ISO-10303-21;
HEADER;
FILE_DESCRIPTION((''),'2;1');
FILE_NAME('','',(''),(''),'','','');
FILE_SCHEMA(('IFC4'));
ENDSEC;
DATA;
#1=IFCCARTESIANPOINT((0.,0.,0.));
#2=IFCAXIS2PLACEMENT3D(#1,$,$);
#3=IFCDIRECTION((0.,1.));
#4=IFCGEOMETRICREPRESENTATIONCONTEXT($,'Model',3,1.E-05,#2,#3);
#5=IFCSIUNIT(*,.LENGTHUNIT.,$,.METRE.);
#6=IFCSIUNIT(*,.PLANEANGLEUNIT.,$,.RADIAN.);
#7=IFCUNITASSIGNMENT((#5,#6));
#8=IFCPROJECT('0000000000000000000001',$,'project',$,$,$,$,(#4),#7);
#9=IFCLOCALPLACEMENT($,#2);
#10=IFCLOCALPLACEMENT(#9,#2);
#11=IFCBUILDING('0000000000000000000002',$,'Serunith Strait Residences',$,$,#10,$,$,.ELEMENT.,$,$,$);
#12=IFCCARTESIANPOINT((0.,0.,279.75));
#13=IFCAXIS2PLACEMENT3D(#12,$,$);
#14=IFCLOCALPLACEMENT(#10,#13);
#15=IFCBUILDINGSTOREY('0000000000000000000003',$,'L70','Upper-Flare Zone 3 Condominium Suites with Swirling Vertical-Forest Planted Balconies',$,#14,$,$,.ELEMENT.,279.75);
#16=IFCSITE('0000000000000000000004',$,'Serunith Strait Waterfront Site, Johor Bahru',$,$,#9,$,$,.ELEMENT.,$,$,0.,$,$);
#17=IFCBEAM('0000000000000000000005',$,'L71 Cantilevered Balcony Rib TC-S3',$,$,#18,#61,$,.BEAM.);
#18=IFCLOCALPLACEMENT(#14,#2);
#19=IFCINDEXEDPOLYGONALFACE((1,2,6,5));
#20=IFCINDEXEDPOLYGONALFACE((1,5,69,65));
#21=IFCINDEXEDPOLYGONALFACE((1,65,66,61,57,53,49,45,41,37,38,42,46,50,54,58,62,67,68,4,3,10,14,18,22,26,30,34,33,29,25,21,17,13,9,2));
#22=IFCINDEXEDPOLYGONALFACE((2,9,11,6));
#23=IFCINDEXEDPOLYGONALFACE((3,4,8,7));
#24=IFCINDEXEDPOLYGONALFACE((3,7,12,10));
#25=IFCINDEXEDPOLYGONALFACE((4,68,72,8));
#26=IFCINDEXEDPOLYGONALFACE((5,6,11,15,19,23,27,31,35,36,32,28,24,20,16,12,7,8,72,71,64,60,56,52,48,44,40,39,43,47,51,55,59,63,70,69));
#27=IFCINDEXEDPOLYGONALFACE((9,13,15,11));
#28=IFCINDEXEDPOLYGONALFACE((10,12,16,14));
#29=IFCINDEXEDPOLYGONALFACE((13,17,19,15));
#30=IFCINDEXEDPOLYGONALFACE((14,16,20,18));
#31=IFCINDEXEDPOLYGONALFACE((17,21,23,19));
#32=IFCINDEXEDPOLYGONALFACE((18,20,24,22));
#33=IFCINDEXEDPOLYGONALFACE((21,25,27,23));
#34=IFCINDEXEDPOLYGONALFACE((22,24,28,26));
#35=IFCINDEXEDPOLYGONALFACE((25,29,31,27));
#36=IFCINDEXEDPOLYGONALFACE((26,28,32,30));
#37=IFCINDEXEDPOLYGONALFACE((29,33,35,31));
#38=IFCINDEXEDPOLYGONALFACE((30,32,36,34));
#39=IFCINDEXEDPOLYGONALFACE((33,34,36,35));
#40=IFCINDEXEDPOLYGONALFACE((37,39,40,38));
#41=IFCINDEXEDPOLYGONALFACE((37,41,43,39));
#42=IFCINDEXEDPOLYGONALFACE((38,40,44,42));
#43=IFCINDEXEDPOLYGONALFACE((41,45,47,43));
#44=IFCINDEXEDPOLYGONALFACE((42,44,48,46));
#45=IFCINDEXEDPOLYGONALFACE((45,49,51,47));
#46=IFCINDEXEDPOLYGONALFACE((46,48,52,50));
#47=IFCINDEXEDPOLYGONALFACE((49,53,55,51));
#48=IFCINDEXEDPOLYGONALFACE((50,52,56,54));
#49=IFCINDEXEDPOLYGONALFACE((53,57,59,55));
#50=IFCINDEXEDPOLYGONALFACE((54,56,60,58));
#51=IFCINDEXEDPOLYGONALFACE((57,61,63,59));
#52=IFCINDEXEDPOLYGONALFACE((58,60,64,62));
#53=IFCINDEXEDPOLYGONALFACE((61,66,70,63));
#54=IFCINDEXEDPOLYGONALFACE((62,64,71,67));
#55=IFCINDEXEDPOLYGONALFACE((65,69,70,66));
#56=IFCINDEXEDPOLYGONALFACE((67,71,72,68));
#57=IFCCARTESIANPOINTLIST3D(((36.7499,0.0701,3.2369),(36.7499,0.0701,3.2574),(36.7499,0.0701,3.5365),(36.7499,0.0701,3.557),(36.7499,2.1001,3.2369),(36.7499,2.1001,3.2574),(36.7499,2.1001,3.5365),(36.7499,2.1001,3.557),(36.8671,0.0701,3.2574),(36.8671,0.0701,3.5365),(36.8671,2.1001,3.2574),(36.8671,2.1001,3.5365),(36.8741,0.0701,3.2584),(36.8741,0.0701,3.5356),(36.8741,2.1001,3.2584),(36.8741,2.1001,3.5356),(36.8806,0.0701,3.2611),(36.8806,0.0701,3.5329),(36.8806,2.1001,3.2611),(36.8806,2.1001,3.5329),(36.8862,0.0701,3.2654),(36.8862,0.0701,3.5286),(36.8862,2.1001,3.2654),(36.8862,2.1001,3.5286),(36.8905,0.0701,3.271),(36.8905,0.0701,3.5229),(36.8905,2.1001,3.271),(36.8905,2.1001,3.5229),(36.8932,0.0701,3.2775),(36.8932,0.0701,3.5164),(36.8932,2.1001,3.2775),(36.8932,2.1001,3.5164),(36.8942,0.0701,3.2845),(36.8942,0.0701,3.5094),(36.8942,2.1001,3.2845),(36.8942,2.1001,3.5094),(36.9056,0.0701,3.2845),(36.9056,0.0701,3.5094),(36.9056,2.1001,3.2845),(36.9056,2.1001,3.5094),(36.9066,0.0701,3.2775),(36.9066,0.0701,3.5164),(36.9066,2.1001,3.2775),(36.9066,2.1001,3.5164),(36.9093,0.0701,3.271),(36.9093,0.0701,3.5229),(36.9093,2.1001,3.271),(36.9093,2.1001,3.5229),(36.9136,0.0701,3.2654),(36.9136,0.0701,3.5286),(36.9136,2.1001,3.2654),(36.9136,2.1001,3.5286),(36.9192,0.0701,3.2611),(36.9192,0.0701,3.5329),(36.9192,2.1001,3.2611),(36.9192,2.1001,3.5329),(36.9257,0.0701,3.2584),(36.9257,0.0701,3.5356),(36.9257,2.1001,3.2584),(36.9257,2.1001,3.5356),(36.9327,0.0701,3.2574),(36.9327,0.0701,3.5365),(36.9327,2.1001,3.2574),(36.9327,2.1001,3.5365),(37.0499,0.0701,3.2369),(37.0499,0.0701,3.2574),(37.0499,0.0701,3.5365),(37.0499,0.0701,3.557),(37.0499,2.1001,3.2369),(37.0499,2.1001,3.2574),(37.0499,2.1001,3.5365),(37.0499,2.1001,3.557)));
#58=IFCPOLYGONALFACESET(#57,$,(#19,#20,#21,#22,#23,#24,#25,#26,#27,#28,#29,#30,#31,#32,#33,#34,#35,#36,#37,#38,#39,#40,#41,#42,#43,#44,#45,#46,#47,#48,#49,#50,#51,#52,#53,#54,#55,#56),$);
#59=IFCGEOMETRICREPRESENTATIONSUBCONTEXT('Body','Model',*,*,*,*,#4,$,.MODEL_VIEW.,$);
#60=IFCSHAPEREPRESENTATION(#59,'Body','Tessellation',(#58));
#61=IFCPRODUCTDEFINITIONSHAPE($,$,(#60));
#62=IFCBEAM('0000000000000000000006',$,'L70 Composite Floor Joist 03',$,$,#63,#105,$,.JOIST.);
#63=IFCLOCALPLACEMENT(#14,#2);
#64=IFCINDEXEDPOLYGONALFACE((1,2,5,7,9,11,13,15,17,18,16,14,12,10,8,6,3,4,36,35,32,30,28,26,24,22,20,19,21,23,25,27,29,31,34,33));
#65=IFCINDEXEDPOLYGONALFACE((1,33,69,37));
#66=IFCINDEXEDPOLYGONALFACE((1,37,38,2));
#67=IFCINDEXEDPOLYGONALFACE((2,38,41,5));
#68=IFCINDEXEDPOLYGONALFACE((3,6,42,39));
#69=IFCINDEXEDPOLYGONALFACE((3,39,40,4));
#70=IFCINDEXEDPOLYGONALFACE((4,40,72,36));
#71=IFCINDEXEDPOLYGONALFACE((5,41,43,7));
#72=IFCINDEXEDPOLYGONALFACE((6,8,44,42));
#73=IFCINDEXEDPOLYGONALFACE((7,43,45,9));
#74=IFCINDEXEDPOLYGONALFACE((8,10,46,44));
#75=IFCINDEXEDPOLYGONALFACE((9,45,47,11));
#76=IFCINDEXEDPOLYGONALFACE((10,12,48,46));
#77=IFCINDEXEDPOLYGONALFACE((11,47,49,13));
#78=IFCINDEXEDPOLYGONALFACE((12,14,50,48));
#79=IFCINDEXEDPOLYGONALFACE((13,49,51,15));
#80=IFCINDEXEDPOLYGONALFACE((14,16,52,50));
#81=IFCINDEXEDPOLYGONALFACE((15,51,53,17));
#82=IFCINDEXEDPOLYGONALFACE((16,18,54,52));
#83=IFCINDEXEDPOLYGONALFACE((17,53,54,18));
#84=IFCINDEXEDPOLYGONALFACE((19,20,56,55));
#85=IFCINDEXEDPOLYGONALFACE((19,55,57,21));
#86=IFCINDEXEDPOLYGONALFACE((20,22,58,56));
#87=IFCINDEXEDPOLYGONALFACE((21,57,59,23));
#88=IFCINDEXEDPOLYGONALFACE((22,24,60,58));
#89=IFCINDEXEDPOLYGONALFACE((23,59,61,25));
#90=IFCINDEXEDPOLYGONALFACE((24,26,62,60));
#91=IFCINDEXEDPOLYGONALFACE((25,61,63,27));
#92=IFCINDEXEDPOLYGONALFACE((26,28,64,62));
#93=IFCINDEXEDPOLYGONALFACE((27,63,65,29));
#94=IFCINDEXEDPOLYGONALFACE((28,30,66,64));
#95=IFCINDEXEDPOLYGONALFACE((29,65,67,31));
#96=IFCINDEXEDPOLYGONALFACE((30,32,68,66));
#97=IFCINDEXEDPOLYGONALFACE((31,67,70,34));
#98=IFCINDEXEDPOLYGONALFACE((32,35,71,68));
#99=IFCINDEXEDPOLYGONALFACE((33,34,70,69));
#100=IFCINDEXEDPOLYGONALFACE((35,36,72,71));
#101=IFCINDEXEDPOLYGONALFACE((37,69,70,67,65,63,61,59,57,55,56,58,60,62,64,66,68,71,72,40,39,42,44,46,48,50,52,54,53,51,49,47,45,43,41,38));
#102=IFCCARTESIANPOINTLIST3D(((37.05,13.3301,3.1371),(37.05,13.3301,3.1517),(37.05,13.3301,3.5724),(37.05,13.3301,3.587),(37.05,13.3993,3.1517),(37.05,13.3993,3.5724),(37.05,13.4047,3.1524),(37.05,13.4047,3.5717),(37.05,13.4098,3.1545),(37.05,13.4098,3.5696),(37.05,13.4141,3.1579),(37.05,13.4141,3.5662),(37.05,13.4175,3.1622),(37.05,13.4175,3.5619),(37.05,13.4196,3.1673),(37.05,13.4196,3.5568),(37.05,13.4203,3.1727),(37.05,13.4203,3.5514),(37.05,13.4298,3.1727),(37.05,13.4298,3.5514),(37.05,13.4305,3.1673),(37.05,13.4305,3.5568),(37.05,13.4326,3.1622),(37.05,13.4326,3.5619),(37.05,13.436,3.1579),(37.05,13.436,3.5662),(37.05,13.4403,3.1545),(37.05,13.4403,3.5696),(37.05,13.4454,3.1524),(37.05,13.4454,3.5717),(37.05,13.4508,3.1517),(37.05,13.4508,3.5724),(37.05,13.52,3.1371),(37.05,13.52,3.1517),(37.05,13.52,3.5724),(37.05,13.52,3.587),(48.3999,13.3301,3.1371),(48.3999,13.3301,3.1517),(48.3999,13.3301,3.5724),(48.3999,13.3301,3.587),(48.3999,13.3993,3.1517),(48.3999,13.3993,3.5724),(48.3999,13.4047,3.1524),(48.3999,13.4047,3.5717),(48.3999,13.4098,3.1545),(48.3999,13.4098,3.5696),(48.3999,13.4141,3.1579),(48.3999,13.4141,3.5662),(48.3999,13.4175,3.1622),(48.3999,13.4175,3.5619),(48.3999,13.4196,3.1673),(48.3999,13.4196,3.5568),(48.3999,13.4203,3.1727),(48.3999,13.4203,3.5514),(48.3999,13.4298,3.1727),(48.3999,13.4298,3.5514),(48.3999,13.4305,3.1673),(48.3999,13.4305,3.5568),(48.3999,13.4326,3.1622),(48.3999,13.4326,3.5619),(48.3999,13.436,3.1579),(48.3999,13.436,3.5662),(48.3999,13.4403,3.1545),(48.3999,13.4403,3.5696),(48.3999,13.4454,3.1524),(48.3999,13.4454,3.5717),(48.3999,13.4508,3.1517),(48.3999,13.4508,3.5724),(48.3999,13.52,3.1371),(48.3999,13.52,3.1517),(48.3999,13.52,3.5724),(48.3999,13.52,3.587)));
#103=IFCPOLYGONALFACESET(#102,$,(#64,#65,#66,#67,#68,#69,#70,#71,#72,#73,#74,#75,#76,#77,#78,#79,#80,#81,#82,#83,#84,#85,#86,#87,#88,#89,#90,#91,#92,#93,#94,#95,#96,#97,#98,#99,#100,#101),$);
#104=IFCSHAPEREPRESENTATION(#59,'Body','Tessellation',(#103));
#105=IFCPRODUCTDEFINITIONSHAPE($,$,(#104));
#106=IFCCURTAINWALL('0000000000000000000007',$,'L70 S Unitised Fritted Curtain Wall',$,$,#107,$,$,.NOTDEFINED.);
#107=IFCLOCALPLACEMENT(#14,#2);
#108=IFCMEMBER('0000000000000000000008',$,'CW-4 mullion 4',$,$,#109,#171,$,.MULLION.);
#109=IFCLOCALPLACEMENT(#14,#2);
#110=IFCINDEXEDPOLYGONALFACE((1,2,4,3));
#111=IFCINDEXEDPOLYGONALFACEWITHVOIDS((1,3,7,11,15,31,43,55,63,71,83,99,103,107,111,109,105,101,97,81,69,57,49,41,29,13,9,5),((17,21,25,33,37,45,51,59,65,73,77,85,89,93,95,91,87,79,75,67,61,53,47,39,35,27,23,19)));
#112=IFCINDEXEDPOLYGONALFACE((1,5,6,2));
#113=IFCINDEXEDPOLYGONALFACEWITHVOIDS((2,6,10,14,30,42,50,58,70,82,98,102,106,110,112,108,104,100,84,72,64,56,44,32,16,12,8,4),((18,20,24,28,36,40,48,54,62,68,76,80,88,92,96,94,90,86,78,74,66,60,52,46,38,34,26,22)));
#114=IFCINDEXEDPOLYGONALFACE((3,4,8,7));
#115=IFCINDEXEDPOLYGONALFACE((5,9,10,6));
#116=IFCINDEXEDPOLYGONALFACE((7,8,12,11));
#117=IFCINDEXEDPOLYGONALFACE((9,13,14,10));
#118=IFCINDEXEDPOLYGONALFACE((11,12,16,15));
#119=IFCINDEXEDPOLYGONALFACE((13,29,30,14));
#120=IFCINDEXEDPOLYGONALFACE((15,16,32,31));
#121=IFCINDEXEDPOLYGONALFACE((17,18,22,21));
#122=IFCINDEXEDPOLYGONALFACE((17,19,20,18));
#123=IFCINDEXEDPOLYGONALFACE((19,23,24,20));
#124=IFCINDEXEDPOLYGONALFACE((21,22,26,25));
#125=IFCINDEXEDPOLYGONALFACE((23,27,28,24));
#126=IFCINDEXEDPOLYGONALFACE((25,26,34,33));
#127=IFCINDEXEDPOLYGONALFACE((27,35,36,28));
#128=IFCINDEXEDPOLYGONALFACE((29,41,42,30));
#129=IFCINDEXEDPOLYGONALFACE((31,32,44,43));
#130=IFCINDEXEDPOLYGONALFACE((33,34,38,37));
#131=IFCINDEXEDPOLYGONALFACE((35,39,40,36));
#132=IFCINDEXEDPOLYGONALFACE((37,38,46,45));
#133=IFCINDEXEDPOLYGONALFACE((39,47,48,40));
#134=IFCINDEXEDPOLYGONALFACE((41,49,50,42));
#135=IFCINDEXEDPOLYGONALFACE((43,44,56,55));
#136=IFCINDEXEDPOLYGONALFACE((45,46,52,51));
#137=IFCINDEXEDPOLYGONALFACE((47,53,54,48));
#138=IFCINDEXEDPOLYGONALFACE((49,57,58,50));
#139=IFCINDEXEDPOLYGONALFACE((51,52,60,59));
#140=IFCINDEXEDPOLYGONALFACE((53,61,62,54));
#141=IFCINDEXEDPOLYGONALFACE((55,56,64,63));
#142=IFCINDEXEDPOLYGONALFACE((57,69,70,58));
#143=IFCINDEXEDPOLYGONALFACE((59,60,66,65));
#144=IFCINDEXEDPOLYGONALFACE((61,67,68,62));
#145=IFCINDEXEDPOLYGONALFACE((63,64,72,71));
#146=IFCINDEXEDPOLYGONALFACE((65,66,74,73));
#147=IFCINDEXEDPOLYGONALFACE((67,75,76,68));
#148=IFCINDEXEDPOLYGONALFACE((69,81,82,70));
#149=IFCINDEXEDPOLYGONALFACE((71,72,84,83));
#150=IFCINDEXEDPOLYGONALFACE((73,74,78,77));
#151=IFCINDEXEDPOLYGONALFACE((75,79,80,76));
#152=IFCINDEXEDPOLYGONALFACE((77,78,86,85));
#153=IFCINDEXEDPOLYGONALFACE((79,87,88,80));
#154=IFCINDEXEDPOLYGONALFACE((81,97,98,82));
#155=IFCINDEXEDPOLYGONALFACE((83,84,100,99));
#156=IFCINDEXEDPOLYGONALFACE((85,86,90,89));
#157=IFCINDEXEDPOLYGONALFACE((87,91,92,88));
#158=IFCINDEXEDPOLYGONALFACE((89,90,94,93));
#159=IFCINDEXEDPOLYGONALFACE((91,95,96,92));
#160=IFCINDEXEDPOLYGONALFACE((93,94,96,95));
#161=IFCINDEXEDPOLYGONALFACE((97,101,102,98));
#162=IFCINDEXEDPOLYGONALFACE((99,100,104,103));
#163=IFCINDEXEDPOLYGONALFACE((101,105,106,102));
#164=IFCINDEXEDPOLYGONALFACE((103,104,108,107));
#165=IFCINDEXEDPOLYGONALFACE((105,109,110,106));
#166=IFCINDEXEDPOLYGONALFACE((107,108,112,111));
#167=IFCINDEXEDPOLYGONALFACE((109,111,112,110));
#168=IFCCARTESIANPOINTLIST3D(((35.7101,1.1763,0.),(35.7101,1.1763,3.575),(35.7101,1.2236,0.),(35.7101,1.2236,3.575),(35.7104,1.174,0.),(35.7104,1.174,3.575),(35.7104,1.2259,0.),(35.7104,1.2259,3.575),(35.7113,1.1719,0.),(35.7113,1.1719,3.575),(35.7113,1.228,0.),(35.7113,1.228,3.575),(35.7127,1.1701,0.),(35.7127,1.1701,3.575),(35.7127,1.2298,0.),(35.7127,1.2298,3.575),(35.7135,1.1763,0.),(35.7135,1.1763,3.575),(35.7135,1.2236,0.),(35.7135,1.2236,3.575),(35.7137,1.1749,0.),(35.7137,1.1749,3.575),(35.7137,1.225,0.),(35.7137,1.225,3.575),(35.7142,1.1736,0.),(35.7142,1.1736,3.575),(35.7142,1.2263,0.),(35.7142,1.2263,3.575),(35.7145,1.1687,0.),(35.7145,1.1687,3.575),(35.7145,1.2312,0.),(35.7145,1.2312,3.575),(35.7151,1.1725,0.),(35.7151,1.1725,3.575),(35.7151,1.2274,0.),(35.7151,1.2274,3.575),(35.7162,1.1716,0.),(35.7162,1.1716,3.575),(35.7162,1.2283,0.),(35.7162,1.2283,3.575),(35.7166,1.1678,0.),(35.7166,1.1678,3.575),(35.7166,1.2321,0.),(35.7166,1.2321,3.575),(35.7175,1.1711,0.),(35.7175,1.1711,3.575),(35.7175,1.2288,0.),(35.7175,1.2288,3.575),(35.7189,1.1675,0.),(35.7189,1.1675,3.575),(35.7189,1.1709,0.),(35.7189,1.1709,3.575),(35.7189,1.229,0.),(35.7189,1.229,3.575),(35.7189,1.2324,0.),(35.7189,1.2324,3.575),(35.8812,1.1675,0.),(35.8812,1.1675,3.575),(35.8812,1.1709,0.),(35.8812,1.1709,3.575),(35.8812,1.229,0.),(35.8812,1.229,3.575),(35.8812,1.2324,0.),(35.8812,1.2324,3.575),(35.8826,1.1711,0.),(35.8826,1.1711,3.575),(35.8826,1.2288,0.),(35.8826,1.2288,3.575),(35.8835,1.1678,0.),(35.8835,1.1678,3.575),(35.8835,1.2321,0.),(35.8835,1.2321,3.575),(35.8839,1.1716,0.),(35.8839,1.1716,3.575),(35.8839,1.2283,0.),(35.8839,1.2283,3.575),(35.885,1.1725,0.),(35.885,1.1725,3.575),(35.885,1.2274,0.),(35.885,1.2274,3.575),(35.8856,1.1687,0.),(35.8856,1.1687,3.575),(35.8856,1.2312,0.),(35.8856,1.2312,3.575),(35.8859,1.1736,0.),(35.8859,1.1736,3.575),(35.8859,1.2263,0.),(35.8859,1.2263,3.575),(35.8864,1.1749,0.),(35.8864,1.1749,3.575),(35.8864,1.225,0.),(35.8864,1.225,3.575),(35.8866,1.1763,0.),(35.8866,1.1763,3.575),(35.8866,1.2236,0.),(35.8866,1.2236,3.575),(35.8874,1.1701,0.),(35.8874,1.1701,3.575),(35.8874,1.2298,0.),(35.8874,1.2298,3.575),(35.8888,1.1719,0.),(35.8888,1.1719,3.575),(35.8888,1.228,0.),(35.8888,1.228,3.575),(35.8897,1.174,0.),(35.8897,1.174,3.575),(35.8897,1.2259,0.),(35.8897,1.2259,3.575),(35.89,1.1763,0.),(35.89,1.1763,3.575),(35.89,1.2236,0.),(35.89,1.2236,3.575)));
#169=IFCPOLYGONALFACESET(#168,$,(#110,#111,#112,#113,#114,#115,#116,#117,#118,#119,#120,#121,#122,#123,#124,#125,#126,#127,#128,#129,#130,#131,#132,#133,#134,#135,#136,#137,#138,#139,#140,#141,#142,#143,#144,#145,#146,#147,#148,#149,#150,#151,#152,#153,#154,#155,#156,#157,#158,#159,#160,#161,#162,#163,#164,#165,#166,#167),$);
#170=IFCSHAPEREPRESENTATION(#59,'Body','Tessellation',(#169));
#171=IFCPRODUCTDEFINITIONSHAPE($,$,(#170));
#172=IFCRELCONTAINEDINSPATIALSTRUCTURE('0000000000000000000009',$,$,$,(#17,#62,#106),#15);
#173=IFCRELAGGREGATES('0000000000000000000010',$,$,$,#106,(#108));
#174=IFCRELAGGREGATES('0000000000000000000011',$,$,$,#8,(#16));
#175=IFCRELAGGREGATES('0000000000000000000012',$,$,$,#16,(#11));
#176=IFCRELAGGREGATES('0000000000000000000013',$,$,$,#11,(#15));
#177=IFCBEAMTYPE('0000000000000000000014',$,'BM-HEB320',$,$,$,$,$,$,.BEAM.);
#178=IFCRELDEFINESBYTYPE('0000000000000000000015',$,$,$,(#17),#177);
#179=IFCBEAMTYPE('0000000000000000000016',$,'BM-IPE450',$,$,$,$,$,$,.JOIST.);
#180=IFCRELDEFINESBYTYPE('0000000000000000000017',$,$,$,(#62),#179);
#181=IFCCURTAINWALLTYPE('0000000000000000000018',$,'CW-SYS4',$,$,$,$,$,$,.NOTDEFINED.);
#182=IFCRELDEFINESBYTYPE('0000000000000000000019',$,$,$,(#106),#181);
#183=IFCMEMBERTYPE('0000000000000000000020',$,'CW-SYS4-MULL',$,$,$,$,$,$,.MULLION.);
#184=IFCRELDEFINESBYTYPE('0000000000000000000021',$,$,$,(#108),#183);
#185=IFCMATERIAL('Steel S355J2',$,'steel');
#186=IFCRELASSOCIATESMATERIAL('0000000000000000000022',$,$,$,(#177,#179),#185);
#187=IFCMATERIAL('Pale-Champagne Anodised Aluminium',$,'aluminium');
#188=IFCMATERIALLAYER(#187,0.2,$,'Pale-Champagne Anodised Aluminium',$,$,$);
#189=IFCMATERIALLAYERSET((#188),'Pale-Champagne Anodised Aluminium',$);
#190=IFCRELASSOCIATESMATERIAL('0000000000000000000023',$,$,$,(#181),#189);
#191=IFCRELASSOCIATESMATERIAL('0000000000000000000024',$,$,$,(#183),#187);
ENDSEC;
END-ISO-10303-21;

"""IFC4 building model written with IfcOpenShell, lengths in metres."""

from ifc_helpers import new_model, si_unit, direction, frame, origin, origin_2d, place, context, subcontext, project, spatial, hollow_rectangle, i_section, extrude, source, transform, mapped, material, layer, layer_set, material_profile, profile_set, type_object, element, aggregate, save


model = new_model("IFC4")

# Units and contexts
model_context = context("Model", 3, precision=1e-05, world=origin(), true_north=direction((0.0, 1.0)))
body_context = subcontext(model_context, "Body", "Model", "MODEL_VIEW")
ifc_project = project(units=[si_unit("LENGTHUNIT", "METRE"), si_unit("PLANEANGLEUNIT", "RADIAN")], contexts=[model_context])

# Site, building, storey
site_placement = place(None, origin())
site = spatial("IfcSite", under=ifc_project, at=site_placement, Name="Serunith Strait Waterfront Site, Johor Bahru", CompositionType="ELEMENT", RefElevation=0.0)
building_placement = place(site_placement, origin())
building = spatial("IfcBuilding", under=site, at=building_placement, Name="Serunith Strait Residences", CompositionType="ELEMENT")
storey_placement = place(building_placement, frame((0.0, 0.0, 279.75)))
storey = spatial("IfcBuildingStorey", under=building, at=storey_placement, Name="L70", Description="Upper-Flare Zone 3 Condominium Suites with Swirling Vertical-Forest Planted Balconies", CompositionType="ELEMENT", Elevation=279.75)

# Beams
ifc_material_1 = material(Name="Steel S355J2", Category="steel")
ifc_material_profile_1 = material_profile(ifc_material_1, i_section(OverallWidth=0.3, OverallDepth=0.3201, WebThickness=0.0115, FlangeThickness=0.0205, FilletRadius=0.0271, at=origin_2d()), Name="HEB 320")
ifc_profile_set_1 = profile_set([ifc_material_profile_1], Name="Steel S355J2")
beam_type_1 = type_object("IfcBeamType", Name="BM-HEB320", PredefinedType="BEAM", material=ifc_profile_set_1)
shared_shape_1 = source(origin(), body_context, "Body", "SweptSolid", [
    extrude(i_section(OverallWidth=0.3, OverallDepth=0.3201, WebThickness=0.0115, FlangeThickness=0.0205, FilletRadius=0.0271, at=origin_2d()), origin(), (0.0, 0.0, 1.0), 2.03),
])
beam_1_placement = place(storey_placement, frame((36.8999, 2.1001, 3.397), z_axis=(0.0, -1.0, 0.0), x_axis=(1.0, 0.0, 0.0)))
element("IfcBeam", 1, at=beam_1_placement, inside=storey, type_object=beam_type_1, Name="L71 Cantilevered Balcony Rib TC-S3", PredefinedType="BEAM", context=body_context, shape_type="MappedRepresentation", body=[
    mapped(shared_shape_1, transform((0.0, 0.0, 0.0), scale=1.0)),
])
ifc_material_profile_2 = material_profile(ifc_material_1, i_section(OverallWidth=0.1899, OverallDepth=0.45, WebThickness=0.0095, FlangeThickness=0.0146, FilletRadius=0.021, at=origin_2d()), Name="IPE 450")
ifc_profile_set_2 = profile_set([ifc_material_profile_2], Name="Steel S355J2")
beam_type_2 = type_object("IfcBeamType", Name="BM-IPE450", PredefinedType="JOIST", material=ifc_profile_set_2)
shared_shape_2 = source(origin(), body_context, "Body", "SweptSolid", [
    extrude(i_section(OverallWidth=0.1899, OverallDepth=0.45, WebThickness=0.0095, FlangeThickness=0.0146, FilletRadius=0.021, at=origin_2d()), origin(), (0.0, 0.0, 1.0), 11.3499),
])
beam_2_placement = place(storey_placement, frame((37.05, 13.425, 3.3621), z_axis=(1.0, 0.0, 0.0), x_axis=(0.0, 1.0, 0.0)))
element("IfcBeam", 2, at=beam_2_placement, inside=storey, type_object=beam_type_2, Name="L70 Composite Floor Joist 03", PredefinedType="JOIST", context=body_context, shape_type="MappedRepresentation", body=[
    mapped(shared_shape_2, transform((0.0, 0.0, 0.0), scale=1.0)),
])

# Curtain wall, member
ifc_material_2 = material(Name="Pale-Champagne Anodised Aluminium", Category="aluminium")
ifc_layer_1 = layer(ifc_material_2, 0.2, Name="Pale-Champagne Anodised Aluminium")
ifc_layer_set_1 = layer_set([ifc_layer_1], Name="Pale-Champagne Anodised Aluminium")
curtain_wall_type = type_object("IfcCurtainWallType", Name="CW-SYS4", PredefinedType="NOTDEFINED", material=ifc_layer_set_1)
curtain_wall_placement = place(storey_placement, origin())
curtain_wall = element("IfcCurtainWall", 3, at=curtain_wall_placement, inside=storey, type_object=curtain_wall_type, Name="L70 S Unitised Fritted Curtain Wall", PredefinedType="NOTDEFINED")
ifc_material_profile_3 = material_profile(ifc_material_2, hollow_rectangle(XDim=0.0649, YDim=0.1799, WallThickness=0.0034, InnerFilletRadius=0.0054, OuterFilletRadius=0.0088, at=origin_2d()), Name="ALU 180x65x3.5")
ifc_profile_set_3 = profile_set([ifc_material_profile_3], Name="Pale-Champagne Anodised Aluminium")
member_type_1 = type_object("IfcMemberType", Name="CW-SYS4-MULL", PredefinedType="MULLION", material=ifc_profile_set_3)
shared_shape_3 = source(origin(), body_context, "Body", "SweptSolid", [
    extrude(hollow_rectangle(XDim=0.0649, YDim=0.1799, WallThickness=0.0034, InnerFilletRadius=0.0054, OuterFilletRadius=0.0088, at=origin_2d()), origin(), (0.0, 0.0, 1.0), 3.575),
])
member_1_placement = place(storey_placement, frame((35.8, 1.2, 0.0), z_axis=(0.0, 0.0, 1.0), x_axis=(0.0, 1.0, 0.0)))
member_1 = element("IfcMember", 4, at=member_1_placement, type_object=member_type_1, Name="CW-4 mullion 4", PredefinedType="MULLION", context=body_context, shape_type="MappedRepresentation", body=[
    mapped(shared_shape_3, transform((0.0, 0.0, 0.0), scale=1.0)),
])
aggregate(curtain_wall, [member_1])

save(model, "model.ifc")
